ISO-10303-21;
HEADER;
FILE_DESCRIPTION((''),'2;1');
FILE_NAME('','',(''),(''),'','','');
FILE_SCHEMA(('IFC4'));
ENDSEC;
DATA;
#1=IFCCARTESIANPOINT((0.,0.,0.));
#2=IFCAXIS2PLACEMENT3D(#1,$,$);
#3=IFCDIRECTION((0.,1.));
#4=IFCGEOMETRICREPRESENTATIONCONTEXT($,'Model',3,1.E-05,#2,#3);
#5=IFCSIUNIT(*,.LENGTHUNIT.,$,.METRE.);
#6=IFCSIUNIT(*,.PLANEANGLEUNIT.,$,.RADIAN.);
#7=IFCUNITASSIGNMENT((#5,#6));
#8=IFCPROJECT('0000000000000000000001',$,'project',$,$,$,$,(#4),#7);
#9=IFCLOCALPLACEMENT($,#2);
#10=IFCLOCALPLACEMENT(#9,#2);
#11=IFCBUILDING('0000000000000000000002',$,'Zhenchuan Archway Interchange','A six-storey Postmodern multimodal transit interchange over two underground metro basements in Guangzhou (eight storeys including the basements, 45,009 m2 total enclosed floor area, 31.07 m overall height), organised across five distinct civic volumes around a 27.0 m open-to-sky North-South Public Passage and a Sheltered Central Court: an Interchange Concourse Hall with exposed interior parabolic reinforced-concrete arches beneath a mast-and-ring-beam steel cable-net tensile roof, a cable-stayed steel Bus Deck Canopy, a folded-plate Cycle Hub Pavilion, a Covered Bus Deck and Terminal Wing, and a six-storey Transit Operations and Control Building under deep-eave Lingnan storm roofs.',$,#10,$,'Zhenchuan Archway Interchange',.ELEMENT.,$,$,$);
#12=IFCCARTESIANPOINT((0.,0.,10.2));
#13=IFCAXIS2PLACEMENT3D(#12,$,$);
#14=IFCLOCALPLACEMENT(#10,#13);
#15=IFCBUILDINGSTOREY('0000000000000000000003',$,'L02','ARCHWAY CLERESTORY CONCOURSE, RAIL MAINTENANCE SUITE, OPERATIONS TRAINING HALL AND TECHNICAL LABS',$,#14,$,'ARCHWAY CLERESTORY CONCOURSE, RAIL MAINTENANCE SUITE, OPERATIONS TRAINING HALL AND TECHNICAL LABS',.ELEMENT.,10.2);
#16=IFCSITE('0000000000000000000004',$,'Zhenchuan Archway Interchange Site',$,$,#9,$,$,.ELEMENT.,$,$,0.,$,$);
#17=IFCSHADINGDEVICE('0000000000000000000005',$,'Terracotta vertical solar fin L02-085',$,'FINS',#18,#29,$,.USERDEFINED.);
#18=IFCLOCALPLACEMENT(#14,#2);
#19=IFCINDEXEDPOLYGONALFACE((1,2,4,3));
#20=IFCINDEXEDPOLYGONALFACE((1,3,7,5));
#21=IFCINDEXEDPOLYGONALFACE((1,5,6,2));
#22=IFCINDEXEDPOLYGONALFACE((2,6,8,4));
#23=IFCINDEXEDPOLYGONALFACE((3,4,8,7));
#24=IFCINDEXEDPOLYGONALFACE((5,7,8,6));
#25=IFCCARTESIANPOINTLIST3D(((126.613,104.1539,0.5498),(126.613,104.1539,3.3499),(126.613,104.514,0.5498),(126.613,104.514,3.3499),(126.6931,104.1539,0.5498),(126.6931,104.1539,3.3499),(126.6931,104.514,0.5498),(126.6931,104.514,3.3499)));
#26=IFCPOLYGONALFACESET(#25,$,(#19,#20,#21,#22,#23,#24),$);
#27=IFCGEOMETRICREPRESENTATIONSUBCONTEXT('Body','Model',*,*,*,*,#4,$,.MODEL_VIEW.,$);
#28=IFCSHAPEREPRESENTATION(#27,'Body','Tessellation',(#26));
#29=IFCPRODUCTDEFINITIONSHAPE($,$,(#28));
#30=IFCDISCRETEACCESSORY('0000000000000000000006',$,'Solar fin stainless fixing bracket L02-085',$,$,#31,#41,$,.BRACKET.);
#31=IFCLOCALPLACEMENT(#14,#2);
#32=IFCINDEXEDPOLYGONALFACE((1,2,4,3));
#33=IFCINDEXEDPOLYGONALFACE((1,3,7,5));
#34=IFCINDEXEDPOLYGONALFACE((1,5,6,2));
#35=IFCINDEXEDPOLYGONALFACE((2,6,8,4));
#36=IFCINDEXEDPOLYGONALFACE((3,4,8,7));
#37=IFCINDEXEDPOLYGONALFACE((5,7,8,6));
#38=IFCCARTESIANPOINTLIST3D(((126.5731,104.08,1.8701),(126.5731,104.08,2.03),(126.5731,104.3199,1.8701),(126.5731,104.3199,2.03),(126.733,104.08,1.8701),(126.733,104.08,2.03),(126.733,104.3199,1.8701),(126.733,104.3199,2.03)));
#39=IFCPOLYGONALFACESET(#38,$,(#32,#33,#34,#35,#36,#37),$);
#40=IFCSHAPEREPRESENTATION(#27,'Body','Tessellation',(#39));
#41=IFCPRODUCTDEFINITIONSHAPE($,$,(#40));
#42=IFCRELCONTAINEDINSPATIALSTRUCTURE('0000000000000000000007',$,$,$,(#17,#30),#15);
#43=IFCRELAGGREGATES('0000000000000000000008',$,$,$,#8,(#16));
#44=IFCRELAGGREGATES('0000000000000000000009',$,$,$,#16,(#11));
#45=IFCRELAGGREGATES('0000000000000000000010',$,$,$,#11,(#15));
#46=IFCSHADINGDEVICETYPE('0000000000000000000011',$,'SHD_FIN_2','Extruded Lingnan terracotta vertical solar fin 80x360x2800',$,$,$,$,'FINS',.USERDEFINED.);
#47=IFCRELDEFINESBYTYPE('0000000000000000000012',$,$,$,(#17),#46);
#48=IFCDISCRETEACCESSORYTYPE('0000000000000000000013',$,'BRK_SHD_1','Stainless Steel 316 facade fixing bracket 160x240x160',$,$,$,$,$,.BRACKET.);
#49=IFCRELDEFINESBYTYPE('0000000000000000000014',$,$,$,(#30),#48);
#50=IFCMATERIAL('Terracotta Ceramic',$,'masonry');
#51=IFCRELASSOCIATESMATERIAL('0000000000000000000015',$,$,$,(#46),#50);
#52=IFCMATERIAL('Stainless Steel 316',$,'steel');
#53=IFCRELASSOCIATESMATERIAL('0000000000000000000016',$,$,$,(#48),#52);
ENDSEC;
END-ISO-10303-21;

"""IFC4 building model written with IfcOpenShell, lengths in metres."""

from ifc_helpers import new_model, si_unit, direction, frame, origin, origin_2d, place, context, subcontext, project, spatial, rectangle, extrude, material, type_object, element, save


model = new_model("IFC4")

# Units and contexts
model_context = context("Model", 3, precision=1e-05, world=origin(), true_north=direction((0.0, 1.0)))
body_context = subcontext(model_context, "Body", "Model", "MODEL_VIEW")
ifc_project = project(units=[si_unit("LENGTHUNIT", "METRE"), si_unit("PLANEANGLEUNIT", "RADIAN")], contexts=[model_context])

# Site, building, storey
site_placement = place(None, origin())
site = spatial("IfcSite", under=ifc_project, at=site_placement, Name="Zhenchuan Archway Interchange Site", CompositionType="ELEMENT", RefElevation=0.0)
building_placement = place(site_placement, origin())
building = spatial("IfcBuilding", under=site, at=building_placement, Name="Zhenchuan Archway Interchange", Description="A six-storey Postmodern multimodal transit interchange over two underground metro basements in Guangzhou (eight storeys including the basements, 45,009 m2 total enclosed floor area, 31.07 m overall height), organised across five distinct civic volumes around a 27.0 m open-to-sky North-South Public Passage and a Sheltered Central Court: an Interchange Concourse Hall with exposed interior parabolic reinforced-concrete arches beneath a mast-and-ring-beam steel cable-net tensile roof, a cable-stayed steel Bus Deck Canopy, a folded-plate Cycle Hub Pavilion, a Covered Bus Deck and Terminal Wing, and a six-storey Transit Operations and Control Building under deep-eave Lingnan storm roofs.", LongName="Zhenchuan Archway Interchange", CompositionType="ELEMENT")
storey_placement = place(building_placement, frame((0.0, 0.0, 10.2)))
storey = spatial("IfcBuildingStorey", under=building, at=storey_placement, Name="L02", Description="ARCHWAY CLERESTORY CONCOURSE, RAIL MAINTENANCE SUITE, OPERATIONS TRAINING HALL AND TECHNICAL LABS", LongName="ARCHWAY CLERESTORY CONCOURSE, RAIL MAINTENANCE SUITE, OPERATIONS TRAINING HALL AND TECHNICAL LABS", CompositionType="ELEMENT", Elevation=10.2)

# Shading device
ifc_material_1 = material(Name="Terracotta Ceramic", Category="masonry")
shading_device_type = type_object("IfcShadingDeviceType", Name="SHD_FIN_2", Description="Extruded Lingnan terracotta vertical solar fin 80x360x2800", ElementType="FINS", PredefinedType="USERDEFINED", material=ifc_material_1)
shading_device_placement = place(storey_placement, frame((126.6531, 104.334, 0.5498), z_axis=(0.0, 0.0, 1.0), x_axis=(1.0, 0.0, 0.0)))
element("IfcShadingDevice", 1, at=shading_device_placement, inside=storey, type_object=shading_device_type, Name="Terracotta vertical solar fin L02-085", ObjectType="FINS", PredefinedType="USERDEFINED", context=body_context, shape_type="SweptSolid", body=[
    extrude(rectangle(XDim=0.0801, YDim=0.3601, at=origin_2d()), origin(), (0.0, 0.0, 1.0), 2.8),
])

# Discrete accessory
ifc_material_2 = material(Name="Stainless Steel 316", Category="steel")
discrete_accessory_type = type_object("IfcDiscreteAccessoryType", Name="BRK_SHD_1", Description="Stainless Steel 316 facade fixing bracket 160x240x160", PredefinedType="BRACKET", material=ifc_material_2)
discrete_accessory_placement = place(storey_placement, frame((126.6531, 104.2, 1.8701), z_axis=(0.0, 0.0, 1.0), x_axis=(1.0, 0.0, 0.0)))
element("IfcDiscreteAccessory", 2, at=discrete_accessory_placement, inside=storey, type_object=discrete_accessory_type, Name="Solar fin stainless fixing bracket L02-085", PredefinedType="BRACKET", context=body_context, shape_type="SweptSolid", body=[
    extrude(rectangle(XDim=0.1599, YDim=0.24, at=origin_2d()), origin(), (0.0, 0.0, 1.0), 0.1599),
])

save(model, "model.ifc")
